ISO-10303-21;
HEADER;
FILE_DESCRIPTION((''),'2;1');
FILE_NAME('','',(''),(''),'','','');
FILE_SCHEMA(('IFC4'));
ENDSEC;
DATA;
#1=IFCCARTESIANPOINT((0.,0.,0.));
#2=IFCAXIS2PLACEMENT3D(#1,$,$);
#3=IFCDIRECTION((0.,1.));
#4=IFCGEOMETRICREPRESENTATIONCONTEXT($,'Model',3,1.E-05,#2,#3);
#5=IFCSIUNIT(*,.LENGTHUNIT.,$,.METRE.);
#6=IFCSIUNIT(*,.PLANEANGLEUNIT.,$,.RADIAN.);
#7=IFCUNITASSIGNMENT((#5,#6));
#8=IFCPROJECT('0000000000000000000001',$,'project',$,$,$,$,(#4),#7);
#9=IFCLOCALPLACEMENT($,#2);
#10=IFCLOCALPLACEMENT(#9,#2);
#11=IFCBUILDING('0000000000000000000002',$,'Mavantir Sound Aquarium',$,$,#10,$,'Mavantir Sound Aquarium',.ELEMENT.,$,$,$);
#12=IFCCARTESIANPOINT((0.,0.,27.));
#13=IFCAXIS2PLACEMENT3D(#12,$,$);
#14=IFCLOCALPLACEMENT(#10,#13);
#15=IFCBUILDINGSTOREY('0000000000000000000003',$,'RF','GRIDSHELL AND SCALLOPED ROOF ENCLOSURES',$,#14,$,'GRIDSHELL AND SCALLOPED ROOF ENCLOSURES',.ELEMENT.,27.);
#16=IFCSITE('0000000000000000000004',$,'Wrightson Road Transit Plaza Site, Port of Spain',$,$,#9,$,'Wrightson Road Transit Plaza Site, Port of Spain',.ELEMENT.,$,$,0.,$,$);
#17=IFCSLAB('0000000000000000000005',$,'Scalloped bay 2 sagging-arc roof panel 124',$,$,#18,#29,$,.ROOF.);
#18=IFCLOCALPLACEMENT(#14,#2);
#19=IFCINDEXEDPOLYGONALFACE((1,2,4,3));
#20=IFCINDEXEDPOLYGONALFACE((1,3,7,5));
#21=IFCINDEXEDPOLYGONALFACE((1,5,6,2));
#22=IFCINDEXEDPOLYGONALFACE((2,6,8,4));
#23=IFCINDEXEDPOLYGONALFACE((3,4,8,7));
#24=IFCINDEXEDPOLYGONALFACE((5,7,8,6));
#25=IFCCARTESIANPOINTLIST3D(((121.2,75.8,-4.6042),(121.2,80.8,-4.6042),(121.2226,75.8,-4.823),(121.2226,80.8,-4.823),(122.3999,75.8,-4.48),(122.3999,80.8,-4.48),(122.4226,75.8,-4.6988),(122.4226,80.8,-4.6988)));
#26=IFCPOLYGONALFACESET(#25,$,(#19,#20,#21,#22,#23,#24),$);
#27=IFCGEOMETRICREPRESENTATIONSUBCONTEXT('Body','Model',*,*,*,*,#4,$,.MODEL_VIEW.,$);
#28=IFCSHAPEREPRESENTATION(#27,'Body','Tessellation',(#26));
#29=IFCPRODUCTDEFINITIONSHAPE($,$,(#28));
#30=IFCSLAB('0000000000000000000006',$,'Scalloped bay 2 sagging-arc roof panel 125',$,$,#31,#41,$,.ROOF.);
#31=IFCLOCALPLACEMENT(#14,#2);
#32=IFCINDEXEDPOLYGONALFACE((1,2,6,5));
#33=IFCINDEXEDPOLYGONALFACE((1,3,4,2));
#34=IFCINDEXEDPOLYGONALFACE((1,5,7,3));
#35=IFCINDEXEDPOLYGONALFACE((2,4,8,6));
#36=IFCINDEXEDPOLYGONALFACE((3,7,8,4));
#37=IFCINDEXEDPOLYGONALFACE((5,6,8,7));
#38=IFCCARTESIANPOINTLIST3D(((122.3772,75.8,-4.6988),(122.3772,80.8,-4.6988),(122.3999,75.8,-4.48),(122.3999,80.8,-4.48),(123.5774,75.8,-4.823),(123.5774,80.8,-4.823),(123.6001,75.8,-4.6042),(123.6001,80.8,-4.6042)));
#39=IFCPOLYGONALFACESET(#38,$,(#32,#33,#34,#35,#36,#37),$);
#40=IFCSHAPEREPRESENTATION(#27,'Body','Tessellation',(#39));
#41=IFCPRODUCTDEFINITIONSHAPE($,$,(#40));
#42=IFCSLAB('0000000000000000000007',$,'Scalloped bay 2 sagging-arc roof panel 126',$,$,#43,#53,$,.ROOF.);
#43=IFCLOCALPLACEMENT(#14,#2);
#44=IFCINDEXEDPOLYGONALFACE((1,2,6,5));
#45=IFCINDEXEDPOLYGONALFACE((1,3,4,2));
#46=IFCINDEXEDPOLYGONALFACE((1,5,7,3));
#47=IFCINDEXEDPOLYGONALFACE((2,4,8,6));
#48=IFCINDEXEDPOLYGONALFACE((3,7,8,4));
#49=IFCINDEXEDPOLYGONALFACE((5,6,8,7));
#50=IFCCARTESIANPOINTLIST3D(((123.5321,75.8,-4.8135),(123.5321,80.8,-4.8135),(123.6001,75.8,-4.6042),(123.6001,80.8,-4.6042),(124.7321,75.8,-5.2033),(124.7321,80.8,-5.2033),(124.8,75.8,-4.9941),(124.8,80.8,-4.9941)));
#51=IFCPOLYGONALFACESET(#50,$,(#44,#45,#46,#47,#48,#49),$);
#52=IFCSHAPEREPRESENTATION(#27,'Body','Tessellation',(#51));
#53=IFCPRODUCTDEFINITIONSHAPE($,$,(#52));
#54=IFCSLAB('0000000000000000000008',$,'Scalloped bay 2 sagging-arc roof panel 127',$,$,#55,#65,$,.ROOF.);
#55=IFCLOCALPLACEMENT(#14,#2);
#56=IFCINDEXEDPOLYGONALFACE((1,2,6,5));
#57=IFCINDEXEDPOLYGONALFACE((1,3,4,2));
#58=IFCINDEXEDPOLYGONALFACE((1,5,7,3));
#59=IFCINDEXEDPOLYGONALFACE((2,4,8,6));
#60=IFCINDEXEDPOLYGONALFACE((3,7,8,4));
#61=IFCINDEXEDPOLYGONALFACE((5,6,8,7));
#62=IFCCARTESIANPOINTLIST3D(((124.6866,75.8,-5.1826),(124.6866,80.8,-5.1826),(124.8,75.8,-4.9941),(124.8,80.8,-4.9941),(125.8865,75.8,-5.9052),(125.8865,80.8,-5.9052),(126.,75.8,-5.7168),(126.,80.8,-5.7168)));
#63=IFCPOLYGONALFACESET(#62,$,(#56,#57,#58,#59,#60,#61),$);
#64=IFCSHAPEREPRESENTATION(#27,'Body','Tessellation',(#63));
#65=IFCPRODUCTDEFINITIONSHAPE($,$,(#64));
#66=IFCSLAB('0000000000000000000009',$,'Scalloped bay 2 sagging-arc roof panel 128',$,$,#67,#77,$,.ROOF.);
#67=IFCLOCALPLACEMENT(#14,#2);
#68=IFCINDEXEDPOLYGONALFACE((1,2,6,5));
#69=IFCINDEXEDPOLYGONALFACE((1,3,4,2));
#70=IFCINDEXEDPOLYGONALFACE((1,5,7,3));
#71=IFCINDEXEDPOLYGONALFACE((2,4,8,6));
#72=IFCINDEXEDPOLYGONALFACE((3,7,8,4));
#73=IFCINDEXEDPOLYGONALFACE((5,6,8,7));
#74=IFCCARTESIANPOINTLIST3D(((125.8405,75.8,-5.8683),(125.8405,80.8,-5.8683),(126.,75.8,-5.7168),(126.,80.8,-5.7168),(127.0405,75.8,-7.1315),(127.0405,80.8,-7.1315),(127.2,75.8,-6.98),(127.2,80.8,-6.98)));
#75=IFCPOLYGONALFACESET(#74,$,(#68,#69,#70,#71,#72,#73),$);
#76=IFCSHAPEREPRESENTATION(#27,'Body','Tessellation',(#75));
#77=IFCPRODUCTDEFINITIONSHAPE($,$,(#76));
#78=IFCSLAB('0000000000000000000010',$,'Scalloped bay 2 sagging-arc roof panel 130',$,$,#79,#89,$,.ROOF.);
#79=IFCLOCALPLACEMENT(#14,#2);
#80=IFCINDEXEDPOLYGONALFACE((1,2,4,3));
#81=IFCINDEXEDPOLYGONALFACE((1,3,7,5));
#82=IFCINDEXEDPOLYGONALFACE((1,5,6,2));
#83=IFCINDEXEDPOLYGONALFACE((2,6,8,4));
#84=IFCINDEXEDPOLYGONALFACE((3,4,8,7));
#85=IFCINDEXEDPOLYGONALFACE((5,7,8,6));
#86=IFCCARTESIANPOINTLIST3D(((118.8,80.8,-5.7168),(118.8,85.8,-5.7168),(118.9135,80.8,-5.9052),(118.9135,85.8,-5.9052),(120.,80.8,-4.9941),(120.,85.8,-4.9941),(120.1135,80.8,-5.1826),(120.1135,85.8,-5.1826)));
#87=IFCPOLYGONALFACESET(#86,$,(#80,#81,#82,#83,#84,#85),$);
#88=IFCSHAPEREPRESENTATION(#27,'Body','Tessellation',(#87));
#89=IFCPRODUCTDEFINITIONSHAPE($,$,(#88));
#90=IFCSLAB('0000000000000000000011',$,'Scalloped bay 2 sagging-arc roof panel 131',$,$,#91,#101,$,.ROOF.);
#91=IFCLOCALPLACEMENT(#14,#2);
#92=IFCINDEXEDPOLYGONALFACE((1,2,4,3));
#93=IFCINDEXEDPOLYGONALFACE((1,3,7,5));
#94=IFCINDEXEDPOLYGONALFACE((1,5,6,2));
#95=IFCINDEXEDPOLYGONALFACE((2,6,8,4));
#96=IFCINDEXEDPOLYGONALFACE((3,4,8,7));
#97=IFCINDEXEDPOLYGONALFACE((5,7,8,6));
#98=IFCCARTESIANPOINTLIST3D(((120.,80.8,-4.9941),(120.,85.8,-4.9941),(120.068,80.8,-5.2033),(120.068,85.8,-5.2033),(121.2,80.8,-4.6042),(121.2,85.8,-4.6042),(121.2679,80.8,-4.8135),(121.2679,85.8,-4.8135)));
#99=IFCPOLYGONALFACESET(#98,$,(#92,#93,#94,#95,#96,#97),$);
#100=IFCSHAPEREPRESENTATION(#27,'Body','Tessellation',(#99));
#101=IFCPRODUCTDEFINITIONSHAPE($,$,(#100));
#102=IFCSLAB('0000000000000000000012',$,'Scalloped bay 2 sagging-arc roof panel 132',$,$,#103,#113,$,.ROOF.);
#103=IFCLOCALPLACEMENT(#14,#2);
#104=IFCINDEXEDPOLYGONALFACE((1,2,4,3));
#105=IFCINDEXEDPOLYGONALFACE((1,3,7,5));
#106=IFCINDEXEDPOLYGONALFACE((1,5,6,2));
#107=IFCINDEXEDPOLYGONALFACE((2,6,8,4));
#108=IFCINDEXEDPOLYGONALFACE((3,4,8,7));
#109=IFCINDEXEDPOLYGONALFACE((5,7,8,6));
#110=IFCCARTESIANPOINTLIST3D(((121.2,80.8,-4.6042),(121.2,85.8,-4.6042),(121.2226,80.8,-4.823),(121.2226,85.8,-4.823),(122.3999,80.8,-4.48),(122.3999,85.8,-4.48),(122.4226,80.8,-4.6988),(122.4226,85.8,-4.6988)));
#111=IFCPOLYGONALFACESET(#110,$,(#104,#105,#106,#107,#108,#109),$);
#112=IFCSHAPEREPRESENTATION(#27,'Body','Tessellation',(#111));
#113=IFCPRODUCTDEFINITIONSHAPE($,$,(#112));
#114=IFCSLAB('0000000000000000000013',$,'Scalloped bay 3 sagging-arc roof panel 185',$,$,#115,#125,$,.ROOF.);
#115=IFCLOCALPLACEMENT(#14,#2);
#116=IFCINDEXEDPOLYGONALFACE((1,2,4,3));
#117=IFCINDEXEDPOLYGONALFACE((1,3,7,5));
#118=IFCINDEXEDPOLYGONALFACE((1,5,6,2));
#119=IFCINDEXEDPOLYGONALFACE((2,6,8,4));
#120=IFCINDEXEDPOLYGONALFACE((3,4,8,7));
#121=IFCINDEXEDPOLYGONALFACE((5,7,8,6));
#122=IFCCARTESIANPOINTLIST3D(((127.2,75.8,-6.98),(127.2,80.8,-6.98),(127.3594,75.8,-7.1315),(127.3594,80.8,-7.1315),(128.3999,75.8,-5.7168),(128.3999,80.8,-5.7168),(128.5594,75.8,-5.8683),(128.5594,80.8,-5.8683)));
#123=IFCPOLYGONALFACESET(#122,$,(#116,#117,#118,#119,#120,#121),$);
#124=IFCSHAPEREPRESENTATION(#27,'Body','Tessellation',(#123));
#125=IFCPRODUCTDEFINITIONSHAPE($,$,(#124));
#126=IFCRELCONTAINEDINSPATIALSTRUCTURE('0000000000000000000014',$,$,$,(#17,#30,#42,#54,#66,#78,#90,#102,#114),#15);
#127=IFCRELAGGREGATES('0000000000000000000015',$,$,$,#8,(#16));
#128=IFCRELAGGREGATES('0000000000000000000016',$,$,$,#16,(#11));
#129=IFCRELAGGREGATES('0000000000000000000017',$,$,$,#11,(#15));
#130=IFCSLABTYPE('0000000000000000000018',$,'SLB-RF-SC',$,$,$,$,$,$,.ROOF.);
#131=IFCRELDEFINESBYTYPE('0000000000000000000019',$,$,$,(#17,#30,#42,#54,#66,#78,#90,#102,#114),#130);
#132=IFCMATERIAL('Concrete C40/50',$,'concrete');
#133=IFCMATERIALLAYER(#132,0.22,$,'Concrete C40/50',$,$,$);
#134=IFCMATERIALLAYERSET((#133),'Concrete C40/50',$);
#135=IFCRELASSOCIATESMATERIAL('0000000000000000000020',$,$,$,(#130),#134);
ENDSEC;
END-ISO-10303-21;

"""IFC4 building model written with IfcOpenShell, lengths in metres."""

from ifc_helpers import new_model, si_unit, direction, frame, origin, place, context, subcontext, project, spatial, polyline, outline, extrude, material, layer, layer_set, type_object, element, save


model = new_model("IFC4")

# Units and contexts
model_context = context("Model", 3, precision=1e-05, world=origin(), true_north=direction((0.0, 1.0)))
body_context = subcontext(model_context, "Body", "Model", "MODEL_VIEW")
ifc_project = project(units=[si_unit("LENGTHUNIT", "METRE"), si_unit("PLANEANGLEUNIT", "RADIAN")], contexts=[model_context])

# Site, building, storey
site_placement = place(None, origin())
site = spatial("IfcSite", under=ifc_project, at=site_placement, Name="Wrightson Road Transit Plaza Site, Port of Spain", LongName="Wrightson Road Transit Plaza Site, Port of Spain", CompositionType="ELEMENT", RefElevation=0.0)
building_placement = place(site_placement, origin())
building = spatial("IfcBuilding", under=site, at=building_placement, Name="Mavantir Sound Aquarium", LongName="Mavantir Sound Aquarium", CompositionType="ELEMENT")
storey_placement = place(building_placement, frame((0.0, 0.0, 27.0)))
storey = spatial("IfcBuildingStorey", under=building, at=storey_placement, Name="RF", Description="GRIDSHELL AND SCALLOPED ROOF ENCLOSURES", LongName="GRIDSHELL AND SCALLOPED ROOF ENCLOSURES", CompositionType="ELEMENT", Elevation=27.0)

# Shared definitions
ifc_material_1 = material(Name="Concrete C40/50", Category="concrete")

# Slabs
ifc_layer_1 = layer(ifc_material_1, 0.22, Name="Concrete C40/50")
ifc_layer_set_1 = layer_set([ifc_layer_1], Name="Concrete C40/50")
slab_type = type_object("IfcSlabType", Name="SLB-RF-SC", PredefinedType="ROOF", material=ifc_layer_set_1)
slab_1_placement = place(storey_placement, frame((121.2, 75.8, -4.6042), z_axis=(-0.10301, 0.0, 0.99468), x_axis=(0.99468, 0.0, 0.10301)))
element("IfcSlab", 1, at=slab_1_placement, inside=storey, type_object=slab_type, Name="Scalloped bay 2 sagging-arc roof panel 124", PredefinedType="ROOF", context=body_context, shape_type="SweptSolid", body=[
    extrude(outline(polyline([(0.0, 0.0), (1.2064, 0.0), (1.2064, 5.0), (0.0, 5.0), (0.0, 0.0)])), origin(), (0.0, 0.0, -1.0), 0.22),
])
slab_2_placement = place(storey_placement, frame((122.3999, 75.8, -4.48), z_axis=(0.102989, 0.0, 0.994683), x_axis=(0.994683, 0.0, -0.102989)))
element("IfcSlab", 2, at=slab_2_placement, inside=storey, type_object=slab_type, Name="Scalloped bay 2 sagging-arc roof panel 125", PredefinedType="ROOF", context=body_context, shape_type="SweptSolid", body=[
    extrude(outline(polyline([(0.0, 0.0), (1.2066, 0.0), (1.2066, 5.0), (0.0, 5.0), (0.0, 0.0)])), origin(), (0.0, 0.0, -1.0), 0.22),
])
slab_3_placement = place(storey_placement, frame((123.6001, 75.8, -4.6042), z_axis=(0.30902, 0.0, 0.951055), x_axis=(0.951055, 0.0, -0.30902)))
element("IfcSlab", 3, at=slab_3_placement, inside=storey, type_object=slab_type, Name="Scalloped bay 2 sagging-arc roof panel 126", PredefinedType="ROOF", context=body_context, shape_type="SweptSolid", body=[
    extrude(outline(polyline([(0.0, 0.0), (1.2617, 0.0), (1.2617, 5.0), (0.0, 5.0), (0.0, 0.0)])), origin(), (0.0, 0.0, -1.0), 0.22),
])
slab_4_placement = place(storey_placement, frame((124.8, 75.8, -4.9941), z_axis=(0.515905, 0.0, 0.856646), x_axis=(0.856646, 0.0, -0.515905)))
element("IfcSlab", 4, at=slab_4_placement, inside=storey, type_object=slab_type, Name="Scalloped bay 2 sagging-arc roof panel 127", PredefinedType="ROOF", context=body_context, shape_type="SweptSolid", body=[
    extrude(outline(polyline([(0.0, 0.0), (1.4008, 0.0), (1.4008, 5.0), (0.0, 5.0), (0.0, 0.0)])), origin(), (0.0, 0.0, -1.0), 0.22),
])
slab_5_placement = place(storey_placement, frame((126.0, 75.8, -5.7168), z_axis=(0.72502, 0.0, 0.688727), x_axis=(0.688727, 0.0, -0.72502)))
element("IfcSlab", 5, at=slab_5_placement, inside=storey, type_object=slab_type, Name="Scalloped bay 2 sagging-arc roof panel 128", PredefinedType="ROOF", context=body_context, shape_type="SweptSolid", body=[
    extrude(outline(polyline([(0.0, 0.0), (1.7423, 0.0), (1.7423, 5.0), (0.0, 5.0), (0.0, 0.0)])), origin(), (0.0, 0.0, -1.0), 0.22),
])
slab_6_placement = place(storey_placement, frame((118.8, 80.8, -5.7168), z_axis=(-0.515905, 0.0, 0.856646), x_axis=(0.856646, 0.0, 0.515905)))
element("IfcSlab", 6, at=slab_6_placement, inside=storey, type_object=slab_type, Name="Scalloped bay 2 sagging-arc roof panel 130", PredefinedType="ROOF", context=body_context, shape_type="SweptSolid", body=[
    extrude(outline(polyline([(0.0, 0.0), (1.4008, 0.0), (1.4008, 5.0), (0.0, 5.0), (0.0, 0.0)])), origin(), (0.0, 0.0, -1.0), 0.22),
])
slab_7_placement = place(storey_placement, frame((120.0, 80.8, -4.9941), z_axis=(-0.30902, 0.0, 0.951055), x_axis=(0.951055, 0.0, 0.30902)))
element("IfcSlab", 7, at=slab_7_placement, inside=storey, type_object=slab_type, Name="Scalloped bay 2 sagging-arc roof panel 131", PredefinedType="ROOF", context=body_context, shape_type="SweptSolid", body=[
    extrude(outline(polyline([(0.0, 0.0), (1.2617, 0.0), (1.2617, 5.0), (0.0, 5.0), (0.0, 0.0)])), origin(), (0.0, 0.0, -1.0), 0.22),
])
slab_8_placement = place(storey_placement, frame((121.2, 80.8, -4.6042), z_axis=(-0.10301, 0.0, 0.99468), x_axis=(0.99468, 0.0, 0.10301)))
element("IfcSlab", 8, at=slab_8_placement, inside=storey, type_object=slab_type, Name="Scalloped bay 2 sagging-arc roof panel 132", PredefinedType="ROOF", context=body_context, shape_type="SweptSolid", body=[
    extrude(outline(polyline([(0.0, 0.0), (1.2064, 0.0), (1.2064, 5.0), (0.0, 5.0), (0.0, 0.0)])), origin(), (0.0, 0.0, -1.0), 0.22),
])
slab_9_placement = place(storey_placement, frame((127.2, 75.8, -6.98), z_axis=(-0.72502, 0.0, 0.688727), x_axis=(0.688727, 0.0, 0.72502)))
element("IfcSlab", 9, at=slab_9_placement, inside=storey, type_object=slab_type, Name="Scalloped bay 3 sagging-arc roof panel 185", PredefinedType="ROOF", context=body_context, shape_type="SweptSolid", body=[
    extrude(outline(polyline([(0.0, 0.0), (1.7423, 0.0), (1.7423, 5.0), (0.0, 5.0), (0.0, 0.0)])), origin(), (0.0, 0.0, -1.0), 0.22),
])

save(model, "model.ifc")
